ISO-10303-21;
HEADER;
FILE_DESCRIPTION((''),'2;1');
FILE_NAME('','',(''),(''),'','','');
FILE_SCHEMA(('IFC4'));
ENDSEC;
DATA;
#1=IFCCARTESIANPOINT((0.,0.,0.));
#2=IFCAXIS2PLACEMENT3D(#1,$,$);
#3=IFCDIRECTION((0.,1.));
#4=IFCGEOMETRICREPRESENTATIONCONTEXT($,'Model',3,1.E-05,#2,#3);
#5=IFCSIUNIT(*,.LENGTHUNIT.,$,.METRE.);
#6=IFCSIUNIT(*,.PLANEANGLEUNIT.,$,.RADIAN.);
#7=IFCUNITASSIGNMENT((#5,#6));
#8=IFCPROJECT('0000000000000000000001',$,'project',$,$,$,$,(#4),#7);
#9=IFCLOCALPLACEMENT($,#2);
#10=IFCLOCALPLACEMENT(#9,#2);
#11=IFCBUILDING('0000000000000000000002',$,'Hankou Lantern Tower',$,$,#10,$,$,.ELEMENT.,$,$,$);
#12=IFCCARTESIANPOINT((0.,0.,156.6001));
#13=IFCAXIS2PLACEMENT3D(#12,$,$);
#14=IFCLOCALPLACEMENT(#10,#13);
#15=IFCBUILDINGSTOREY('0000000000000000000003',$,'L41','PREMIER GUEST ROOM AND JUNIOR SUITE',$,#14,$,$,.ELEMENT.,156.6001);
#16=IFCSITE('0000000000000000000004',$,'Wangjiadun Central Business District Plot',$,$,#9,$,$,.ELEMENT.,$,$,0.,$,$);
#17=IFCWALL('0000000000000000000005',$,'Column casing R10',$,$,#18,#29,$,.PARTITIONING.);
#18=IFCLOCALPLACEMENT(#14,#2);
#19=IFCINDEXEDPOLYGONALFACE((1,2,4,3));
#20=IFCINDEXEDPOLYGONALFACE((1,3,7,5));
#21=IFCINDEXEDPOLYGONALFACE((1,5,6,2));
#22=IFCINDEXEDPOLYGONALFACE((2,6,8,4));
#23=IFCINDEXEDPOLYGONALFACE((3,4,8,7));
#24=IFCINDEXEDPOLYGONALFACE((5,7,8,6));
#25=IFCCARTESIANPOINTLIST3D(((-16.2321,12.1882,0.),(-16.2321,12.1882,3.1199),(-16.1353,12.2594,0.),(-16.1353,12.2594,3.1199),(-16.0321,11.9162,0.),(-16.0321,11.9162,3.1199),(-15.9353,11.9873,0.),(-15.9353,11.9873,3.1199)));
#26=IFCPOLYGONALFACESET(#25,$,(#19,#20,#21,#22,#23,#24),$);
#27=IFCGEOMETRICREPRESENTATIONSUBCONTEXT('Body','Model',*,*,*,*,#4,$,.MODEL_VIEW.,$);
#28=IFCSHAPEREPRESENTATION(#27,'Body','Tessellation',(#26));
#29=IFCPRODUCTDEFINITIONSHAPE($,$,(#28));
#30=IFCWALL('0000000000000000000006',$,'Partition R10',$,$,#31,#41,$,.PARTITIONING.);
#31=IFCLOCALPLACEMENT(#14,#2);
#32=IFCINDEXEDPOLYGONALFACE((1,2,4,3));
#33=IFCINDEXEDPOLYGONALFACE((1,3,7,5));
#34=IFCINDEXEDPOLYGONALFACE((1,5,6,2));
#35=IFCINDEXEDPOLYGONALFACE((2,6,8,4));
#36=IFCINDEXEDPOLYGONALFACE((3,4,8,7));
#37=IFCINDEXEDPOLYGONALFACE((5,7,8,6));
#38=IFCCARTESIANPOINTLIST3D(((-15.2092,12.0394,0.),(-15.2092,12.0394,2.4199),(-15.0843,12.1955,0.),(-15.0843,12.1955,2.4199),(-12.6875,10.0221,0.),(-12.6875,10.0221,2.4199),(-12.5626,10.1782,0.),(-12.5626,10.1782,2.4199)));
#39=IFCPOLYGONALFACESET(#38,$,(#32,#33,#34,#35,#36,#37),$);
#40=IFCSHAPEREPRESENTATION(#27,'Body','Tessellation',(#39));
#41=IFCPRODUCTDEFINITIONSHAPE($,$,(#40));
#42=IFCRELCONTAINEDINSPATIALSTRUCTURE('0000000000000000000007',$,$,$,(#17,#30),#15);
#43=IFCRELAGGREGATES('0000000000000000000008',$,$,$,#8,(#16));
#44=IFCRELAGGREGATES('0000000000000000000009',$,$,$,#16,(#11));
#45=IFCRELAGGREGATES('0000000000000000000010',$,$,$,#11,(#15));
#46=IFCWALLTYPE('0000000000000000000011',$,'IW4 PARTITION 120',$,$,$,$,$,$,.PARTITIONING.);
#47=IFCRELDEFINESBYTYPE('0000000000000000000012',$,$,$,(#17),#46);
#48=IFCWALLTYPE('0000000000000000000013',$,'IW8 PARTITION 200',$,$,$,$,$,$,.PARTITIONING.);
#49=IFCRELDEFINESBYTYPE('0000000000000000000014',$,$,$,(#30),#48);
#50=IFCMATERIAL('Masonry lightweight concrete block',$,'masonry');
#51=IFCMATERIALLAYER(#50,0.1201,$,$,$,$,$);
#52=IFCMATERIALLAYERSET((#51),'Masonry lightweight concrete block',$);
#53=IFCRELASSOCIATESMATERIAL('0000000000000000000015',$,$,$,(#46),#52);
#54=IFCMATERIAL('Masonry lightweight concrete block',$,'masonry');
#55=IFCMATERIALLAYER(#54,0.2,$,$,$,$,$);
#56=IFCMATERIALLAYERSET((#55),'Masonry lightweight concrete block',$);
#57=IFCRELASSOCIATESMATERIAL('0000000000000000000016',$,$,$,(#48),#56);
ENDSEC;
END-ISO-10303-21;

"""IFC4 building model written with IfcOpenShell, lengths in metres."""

from ifc_helpers import new_model, si_unit, direction, frame, frame_2d, origin, place, context, subcontext, project, spatial, rectangle, extrude, material, layer, layer_set, type_object, element, save


model = new_model("IFC4")

# Units and contexts
model_context = context("Model", 3, precision=1e-05, world=origin(), true_north=direction((0.0, 1.0)))
body_context = subcontext(model_context, "Body", "Model", "MODEL_VIEW")
ifc_project = project(units=[si_unit("LENGTHUNIT", "METRE"), si_unit("PLANEANGLEUNIT", "RADIAN")], contexts=[model_context])

# Site, building, storey
site_placement = place(None, origin())
site = spatial("IfcSite", under=ifc_project, at=site_placement, Name="Wangjiadun Central Business District Plot", CompositionType="ELEMENT", RefElevation=0.0)
building_placement = place(site_placement, origin())
building = spatial("IfcBuilding", under=site, at=building_placement, Name="Hankou Lantern Tower", CompositionType="ELEMENT")
storey_placement = place(building_placement, frame((0.0, 0.0, 156.6001)))
storey = spatial("IfcBuildingStorey", under=building, at=storey_placement, Name="L41", Description="PREMIER GUEST ROOM AND JUNIOR SUITE", CompositionType="ELEMENT", Elevation=156.6001)

# Walls
ifc_material_1 = material(Name="Masonry lightweight concrete block", Category="masonry")
ifc_layer_1 = layer(ifc_material_1, 0.1201)
ifc_layer_set_1 = layer_set([ifc_layer_1], Name="Masonry lightweight concrete block")
wall_type_1 = type_object("IfcWallType", Name="IW4 PARTITION 120", PredefinedType="PARTITIONING", material=ifc_layer_set_1)
wall_1_placement = place(storey_placement, frame((-15.9836, 11.9517, 0.0), z_axis=(0.0, 0.0, 1.0), x_axis=(-0.592335, 0.805692, 0.0)))
element("IfcWall", 1, at=wall_1_placement, inside=storey, type_object=wall_type_1, Name="Column casing R10", PredefinedType="PARTITIONING", context=body_context, shape_type="SweptSolid", body=[
    extrude(rectangle(XDim=0.3376, YDim=0.1201, at=frame_2d((0.1689, 0.0))), origin(), (0.0, 0.0, 1.0), 3.1199),
])
ifc_material_2 = material(Name="Masonry lightweight concrete block", Category="masonry")
ifc_layer_2 = layer(ifc_material_2, 0.2)
ifc_layer_set_2 = layer_set([ifc_layer_2], Name="Masonry lightweight concrete block")
wall_type_2 = type_object("IfcWallType", Name="IW8 PARTITION 200", PredefinedType="PARTITIONING", material=ifc_layer_set_2)
wall_2_placement = place(storey_placement, frame((-12.625, 10.1001, 0.0), z_axis=(0.0, 0.0, 1.0), x_axis=(-0.780876, 0.624686, 0.0)))
element("IfcWall", 2, at=wall_2_placement, inside=storey, type_object=wall_type_2, Name="Partition R10", PredefinedType="PARTITIONING", context=body_context, shape_type="SweptSolid", body=[
    extrude(rectangle(XDim=3.2292, YDim=0.2, at=frame_2d((1.6147, 0.0))), origin(), (0.0, 0.0, 1.0), 2.4199),
])

save(model, "model.ifc")
